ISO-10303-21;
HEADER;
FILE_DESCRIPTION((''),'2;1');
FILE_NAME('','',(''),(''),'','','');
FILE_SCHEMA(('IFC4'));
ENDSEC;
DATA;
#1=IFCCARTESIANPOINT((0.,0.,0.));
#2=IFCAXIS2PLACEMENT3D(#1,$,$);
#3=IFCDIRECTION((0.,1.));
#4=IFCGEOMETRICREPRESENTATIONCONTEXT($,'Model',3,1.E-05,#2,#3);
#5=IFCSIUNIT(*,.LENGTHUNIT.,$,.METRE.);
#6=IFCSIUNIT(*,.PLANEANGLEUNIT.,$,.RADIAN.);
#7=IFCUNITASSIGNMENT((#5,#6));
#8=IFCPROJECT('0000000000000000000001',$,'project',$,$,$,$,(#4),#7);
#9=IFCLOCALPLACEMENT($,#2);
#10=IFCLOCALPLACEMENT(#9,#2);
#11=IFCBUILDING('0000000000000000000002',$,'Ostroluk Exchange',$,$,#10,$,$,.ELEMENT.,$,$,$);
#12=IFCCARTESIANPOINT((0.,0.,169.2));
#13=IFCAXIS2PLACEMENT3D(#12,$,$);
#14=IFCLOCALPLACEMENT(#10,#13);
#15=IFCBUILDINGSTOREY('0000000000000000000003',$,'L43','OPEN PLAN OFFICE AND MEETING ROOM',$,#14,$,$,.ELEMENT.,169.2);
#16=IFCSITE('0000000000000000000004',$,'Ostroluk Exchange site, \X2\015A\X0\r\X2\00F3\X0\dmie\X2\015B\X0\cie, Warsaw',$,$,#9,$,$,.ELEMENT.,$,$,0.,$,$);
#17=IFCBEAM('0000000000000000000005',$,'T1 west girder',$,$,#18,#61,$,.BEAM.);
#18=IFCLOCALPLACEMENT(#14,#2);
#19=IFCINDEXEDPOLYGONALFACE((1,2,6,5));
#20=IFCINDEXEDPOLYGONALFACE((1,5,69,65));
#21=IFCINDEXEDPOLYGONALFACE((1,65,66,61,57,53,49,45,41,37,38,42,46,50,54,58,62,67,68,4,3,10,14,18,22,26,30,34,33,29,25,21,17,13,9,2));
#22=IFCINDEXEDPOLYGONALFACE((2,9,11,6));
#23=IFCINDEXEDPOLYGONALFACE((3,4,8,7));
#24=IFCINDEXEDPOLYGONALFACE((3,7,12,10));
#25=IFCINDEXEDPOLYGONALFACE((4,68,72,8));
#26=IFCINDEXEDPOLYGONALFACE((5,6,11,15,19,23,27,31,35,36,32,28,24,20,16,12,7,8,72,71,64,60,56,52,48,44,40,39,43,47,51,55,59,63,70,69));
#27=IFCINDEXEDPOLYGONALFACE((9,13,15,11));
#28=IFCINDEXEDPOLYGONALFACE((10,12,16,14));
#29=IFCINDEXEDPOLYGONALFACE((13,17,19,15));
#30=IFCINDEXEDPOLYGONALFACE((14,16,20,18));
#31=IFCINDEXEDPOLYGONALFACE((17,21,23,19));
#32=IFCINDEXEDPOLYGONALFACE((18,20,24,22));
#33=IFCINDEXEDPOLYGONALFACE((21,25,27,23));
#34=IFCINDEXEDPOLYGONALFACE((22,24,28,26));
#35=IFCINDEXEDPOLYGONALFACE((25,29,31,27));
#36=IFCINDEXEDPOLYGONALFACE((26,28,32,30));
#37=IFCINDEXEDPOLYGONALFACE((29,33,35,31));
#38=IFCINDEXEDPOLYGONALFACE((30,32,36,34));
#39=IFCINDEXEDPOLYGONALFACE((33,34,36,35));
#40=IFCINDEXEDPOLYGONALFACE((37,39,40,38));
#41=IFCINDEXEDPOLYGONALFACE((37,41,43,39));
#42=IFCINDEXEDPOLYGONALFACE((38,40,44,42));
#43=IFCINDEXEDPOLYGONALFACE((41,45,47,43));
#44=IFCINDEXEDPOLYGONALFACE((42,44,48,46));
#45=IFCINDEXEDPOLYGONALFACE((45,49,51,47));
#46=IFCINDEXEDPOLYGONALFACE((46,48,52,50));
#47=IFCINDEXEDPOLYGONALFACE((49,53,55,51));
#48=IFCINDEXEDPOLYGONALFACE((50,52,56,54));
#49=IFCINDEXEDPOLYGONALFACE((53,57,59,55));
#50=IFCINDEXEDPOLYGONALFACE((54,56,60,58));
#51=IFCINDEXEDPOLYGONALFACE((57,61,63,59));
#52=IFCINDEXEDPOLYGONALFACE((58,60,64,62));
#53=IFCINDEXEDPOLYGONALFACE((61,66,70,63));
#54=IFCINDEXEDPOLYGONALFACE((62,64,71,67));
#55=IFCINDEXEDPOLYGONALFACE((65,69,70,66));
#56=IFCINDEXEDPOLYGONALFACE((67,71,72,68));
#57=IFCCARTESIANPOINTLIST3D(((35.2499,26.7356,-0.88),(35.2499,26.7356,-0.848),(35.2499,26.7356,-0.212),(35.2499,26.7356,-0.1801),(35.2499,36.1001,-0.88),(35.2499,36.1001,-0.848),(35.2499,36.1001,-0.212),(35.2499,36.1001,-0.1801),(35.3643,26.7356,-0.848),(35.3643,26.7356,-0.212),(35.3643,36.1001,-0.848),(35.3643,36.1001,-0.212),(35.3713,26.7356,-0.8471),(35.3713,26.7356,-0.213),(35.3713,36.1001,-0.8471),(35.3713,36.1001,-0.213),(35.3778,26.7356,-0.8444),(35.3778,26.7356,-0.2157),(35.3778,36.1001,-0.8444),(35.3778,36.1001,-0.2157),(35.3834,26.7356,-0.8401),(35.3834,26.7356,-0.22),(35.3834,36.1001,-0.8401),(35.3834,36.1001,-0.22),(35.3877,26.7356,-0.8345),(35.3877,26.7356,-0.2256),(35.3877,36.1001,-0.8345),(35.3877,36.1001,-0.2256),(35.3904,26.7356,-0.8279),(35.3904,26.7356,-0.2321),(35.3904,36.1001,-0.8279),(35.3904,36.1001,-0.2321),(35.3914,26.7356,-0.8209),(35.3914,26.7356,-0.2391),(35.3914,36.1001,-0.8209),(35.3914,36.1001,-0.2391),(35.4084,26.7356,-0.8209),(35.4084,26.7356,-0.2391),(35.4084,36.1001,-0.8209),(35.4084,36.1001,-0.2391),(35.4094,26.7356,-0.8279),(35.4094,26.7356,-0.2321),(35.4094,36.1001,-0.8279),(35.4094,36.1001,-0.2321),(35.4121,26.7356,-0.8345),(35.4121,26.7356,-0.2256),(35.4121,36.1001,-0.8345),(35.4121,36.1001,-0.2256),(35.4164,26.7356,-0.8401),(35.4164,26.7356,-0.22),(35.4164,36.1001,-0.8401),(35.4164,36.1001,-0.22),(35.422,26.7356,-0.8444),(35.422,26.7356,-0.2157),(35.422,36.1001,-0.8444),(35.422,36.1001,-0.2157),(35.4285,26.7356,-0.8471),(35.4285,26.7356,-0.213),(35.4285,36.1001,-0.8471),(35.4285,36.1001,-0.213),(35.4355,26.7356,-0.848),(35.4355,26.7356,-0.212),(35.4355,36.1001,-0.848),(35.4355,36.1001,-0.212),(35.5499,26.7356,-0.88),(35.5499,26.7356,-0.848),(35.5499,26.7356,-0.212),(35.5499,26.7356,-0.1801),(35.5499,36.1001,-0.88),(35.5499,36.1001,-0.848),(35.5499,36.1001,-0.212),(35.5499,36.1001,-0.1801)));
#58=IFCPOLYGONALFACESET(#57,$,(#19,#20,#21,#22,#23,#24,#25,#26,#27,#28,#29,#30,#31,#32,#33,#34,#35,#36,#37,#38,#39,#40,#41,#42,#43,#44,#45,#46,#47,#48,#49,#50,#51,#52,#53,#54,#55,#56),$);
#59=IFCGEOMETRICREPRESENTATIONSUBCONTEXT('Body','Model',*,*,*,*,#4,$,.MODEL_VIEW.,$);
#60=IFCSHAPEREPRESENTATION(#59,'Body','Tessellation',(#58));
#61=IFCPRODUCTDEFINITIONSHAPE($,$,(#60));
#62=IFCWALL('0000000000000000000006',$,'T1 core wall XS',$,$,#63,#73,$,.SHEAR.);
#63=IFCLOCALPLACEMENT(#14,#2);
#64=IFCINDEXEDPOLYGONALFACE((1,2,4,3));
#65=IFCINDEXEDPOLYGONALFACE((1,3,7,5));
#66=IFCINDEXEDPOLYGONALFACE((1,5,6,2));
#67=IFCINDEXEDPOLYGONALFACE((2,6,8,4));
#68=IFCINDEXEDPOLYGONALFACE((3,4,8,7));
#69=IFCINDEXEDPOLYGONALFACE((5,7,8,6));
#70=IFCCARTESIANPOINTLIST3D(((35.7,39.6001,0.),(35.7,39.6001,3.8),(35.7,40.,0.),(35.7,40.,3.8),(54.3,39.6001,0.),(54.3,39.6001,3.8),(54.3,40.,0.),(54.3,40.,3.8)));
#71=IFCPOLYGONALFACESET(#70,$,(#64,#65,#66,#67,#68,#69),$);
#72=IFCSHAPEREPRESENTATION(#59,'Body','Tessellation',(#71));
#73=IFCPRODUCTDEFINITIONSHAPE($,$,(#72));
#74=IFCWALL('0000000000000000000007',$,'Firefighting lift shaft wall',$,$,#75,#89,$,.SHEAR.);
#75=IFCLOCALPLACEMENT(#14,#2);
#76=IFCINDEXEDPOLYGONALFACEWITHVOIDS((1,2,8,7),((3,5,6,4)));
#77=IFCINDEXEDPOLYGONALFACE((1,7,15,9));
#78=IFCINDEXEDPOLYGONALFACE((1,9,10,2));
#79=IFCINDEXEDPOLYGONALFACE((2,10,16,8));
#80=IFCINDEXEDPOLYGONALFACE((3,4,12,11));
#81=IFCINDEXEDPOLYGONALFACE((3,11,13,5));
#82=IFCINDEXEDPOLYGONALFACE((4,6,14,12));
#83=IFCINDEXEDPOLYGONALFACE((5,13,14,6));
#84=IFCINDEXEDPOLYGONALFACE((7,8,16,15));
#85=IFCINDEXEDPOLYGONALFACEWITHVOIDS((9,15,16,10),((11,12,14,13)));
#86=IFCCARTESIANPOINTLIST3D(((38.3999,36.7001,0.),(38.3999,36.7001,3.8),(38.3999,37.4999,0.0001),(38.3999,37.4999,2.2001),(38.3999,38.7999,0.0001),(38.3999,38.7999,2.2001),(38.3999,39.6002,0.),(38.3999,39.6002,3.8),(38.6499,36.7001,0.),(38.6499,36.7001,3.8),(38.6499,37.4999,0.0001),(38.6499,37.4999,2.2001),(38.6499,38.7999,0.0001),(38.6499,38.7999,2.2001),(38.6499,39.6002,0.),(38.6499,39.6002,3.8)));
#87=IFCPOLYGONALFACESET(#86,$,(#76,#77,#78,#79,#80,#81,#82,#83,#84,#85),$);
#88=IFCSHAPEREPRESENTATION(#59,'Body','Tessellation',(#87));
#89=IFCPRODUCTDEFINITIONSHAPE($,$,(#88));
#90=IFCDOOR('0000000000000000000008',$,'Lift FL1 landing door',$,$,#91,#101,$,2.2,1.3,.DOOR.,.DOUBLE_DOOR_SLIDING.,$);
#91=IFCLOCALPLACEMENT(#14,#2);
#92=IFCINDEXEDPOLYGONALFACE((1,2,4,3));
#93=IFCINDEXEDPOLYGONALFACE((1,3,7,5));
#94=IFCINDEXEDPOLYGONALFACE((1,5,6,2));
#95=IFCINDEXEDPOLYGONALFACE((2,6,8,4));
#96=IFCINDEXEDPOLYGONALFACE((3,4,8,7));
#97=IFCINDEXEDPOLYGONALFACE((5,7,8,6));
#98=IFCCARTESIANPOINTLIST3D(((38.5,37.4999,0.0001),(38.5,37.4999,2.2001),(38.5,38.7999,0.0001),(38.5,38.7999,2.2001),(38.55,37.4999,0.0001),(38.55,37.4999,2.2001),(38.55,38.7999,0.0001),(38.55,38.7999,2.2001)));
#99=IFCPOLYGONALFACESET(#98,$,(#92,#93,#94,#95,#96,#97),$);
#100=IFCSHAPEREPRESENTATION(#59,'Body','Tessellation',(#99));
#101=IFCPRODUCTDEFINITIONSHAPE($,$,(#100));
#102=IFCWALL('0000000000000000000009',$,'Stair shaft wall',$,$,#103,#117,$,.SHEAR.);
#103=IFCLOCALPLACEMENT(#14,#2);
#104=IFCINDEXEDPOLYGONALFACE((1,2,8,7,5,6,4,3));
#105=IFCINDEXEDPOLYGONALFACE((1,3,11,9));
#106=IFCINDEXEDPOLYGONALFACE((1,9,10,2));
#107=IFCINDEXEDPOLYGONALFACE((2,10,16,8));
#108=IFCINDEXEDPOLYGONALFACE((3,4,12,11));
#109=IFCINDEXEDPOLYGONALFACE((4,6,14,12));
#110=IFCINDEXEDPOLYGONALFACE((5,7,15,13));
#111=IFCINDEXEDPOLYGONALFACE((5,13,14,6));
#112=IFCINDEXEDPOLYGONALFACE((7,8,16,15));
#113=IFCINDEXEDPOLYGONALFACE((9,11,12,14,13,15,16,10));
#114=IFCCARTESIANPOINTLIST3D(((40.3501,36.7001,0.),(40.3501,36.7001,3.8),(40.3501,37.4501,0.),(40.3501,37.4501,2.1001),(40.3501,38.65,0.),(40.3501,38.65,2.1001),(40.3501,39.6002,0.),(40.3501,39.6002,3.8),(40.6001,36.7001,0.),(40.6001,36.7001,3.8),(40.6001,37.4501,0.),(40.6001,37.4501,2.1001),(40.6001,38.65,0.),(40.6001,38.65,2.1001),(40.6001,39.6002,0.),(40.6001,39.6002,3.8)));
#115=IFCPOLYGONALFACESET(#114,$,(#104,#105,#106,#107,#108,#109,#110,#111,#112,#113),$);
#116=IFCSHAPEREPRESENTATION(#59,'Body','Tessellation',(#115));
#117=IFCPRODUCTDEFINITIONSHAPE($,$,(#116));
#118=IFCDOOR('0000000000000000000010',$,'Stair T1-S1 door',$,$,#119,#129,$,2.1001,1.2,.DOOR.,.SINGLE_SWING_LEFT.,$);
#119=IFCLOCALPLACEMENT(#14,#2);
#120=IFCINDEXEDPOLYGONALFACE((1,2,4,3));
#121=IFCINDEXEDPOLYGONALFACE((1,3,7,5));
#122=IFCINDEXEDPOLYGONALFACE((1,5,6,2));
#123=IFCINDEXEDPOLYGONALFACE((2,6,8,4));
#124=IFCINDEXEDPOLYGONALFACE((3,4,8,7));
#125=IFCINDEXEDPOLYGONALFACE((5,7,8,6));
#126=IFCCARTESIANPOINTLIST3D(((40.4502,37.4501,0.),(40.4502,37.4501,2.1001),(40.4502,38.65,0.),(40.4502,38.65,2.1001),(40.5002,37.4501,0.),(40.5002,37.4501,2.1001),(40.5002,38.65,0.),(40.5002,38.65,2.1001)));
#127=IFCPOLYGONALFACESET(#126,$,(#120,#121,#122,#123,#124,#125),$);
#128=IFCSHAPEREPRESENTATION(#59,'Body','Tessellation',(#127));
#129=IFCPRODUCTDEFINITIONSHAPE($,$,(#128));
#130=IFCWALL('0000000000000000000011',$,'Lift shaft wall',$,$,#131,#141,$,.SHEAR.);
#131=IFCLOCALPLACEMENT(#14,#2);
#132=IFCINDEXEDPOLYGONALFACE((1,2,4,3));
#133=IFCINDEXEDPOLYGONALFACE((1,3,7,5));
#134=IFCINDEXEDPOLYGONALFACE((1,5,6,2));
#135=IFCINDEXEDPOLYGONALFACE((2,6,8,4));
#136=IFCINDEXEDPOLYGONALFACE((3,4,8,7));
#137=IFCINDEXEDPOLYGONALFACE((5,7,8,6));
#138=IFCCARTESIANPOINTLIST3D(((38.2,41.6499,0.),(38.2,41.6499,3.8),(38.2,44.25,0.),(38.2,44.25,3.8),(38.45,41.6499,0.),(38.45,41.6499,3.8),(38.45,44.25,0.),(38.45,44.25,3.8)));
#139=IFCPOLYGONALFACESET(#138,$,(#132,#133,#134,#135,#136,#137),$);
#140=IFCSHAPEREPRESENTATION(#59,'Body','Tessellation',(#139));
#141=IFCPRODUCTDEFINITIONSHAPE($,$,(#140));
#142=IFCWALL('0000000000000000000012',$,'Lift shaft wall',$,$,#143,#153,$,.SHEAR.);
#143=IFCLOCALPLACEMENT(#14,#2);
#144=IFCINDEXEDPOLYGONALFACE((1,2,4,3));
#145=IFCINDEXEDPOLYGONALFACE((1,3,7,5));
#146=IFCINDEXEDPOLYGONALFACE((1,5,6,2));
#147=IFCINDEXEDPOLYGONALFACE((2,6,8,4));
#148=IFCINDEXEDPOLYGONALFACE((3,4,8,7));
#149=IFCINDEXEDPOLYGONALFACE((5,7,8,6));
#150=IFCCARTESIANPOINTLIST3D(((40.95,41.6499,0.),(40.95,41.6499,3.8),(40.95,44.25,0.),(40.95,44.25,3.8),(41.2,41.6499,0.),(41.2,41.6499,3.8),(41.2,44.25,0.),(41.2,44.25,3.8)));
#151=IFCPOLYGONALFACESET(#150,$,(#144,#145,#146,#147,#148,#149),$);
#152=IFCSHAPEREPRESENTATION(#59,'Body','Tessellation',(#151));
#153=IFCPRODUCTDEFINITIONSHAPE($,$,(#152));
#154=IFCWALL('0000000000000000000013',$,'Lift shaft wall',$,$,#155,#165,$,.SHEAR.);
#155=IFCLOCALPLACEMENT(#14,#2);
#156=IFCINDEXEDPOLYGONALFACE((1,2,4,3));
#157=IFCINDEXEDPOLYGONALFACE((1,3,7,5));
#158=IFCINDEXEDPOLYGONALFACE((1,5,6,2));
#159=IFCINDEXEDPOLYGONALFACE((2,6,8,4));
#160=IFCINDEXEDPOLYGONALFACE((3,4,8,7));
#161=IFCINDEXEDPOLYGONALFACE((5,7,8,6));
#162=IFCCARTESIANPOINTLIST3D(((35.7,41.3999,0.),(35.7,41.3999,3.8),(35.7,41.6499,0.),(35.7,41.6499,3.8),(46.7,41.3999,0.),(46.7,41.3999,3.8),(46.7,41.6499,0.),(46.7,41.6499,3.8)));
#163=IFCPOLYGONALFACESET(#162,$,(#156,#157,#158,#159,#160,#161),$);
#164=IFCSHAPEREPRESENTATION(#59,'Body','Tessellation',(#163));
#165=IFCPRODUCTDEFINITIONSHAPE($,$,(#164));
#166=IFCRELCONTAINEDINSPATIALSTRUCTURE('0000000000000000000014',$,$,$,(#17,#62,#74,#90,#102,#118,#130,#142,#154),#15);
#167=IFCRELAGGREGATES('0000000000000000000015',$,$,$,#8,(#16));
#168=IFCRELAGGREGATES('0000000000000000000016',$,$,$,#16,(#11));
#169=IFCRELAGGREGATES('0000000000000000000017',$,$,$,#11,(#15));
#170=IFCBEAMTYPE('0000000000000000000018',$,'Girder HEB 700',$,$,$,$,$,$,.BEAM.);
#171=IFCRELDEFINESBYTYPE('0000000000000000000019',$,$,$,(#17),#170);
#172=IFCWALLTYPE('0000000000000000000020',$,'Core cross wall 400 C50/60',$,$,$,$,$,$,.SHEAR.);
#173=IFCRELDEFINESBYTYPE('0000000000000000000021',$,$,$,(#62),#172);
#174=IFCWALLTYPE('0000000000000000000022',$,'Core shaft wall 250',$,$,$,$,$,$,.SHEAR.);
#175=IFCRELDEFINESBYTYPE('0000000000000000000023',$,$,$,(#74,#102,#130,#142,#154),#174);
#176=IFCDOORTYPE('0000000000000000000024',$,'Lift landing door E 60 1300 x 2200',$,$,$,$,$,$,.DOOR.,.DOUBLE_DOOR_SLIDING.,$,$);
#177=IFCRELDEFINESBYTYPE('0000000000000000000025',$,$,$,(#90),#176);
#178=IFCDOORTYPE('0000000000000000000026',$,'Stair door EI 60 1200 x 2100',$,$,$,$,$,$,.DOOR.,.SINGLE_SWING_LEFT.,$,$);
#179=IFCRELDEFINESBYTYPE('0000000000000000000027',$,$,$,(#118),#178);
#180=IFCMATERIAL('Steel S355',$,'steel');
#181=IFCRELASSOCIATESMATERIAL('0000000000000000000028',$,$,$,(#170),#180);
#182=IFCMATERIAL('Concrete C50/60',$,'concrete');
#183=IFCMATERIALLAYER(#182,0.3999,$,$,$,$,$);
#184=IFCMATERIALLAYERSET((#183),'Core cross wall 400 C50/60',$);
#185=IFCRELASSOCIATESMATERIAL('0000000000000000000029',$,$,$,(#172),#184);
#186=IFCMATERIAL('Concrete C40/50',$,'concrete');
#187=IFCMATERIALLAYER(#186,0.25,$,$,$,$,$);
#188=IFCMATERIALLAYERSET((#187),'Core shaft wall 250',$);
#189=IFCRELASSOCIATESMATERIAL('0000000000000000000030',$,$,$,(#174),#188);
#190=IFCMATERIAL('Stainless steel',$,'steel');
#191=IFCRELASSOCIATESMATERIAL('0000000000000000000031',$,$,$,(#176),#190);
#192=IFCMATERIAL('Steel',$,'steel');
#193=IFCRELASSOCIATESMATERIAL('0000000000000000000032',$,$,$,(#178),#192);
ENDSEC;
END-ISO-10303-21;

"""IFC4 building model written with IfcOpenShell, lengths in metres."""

from ifc_helpers import new_model, si_unit, direction, frame, frame_2d, origin, origin_2d, place, context, subcontext, project, spatial, rectangle, i_section, extrude, material, layer, layer_set, material_profile, profile_set, type_object, element, fill, save


model = new_model("IFC4")

# Units and contexts
model_context = context("Model", 3, precision=1e-05, world=origin(), true_north=direction((0.0, 1.0)))
body_context = subcontext(model_context, "Body", "Model", "MODEL_VIEW")
ifc_project = project(units=[si_unit("LENGTHUNIT", "METRE"), si_unit("PLANEANGLEUNIT", "RADIAN")], contexts=[model_context])

# Site, building, storey
site_placement = place(None, origin())
site = spatial("IfcSite", under=ifc_project, at=site_placement, Name="Ostroluk Exchange site, Śródmieście, Warsaw", CompositionType="ELEMENT", RefElevation=0.0)
building_placement = place(site_placement, origin())
building = spatial("IfcBuilding", under=site, at=building_placement, Name="Ostroluk Exchange", CompositionType="ELEMENT")
storey_placement = place(building_placement, frame((0.0, 0.0, 169.2)))
storey = spatial("IfcBuildingStorey", under=building, at=storey_placement, Name="L43", Description="OPEN PLAN OFFICE AND MEETING ROOM", CompositionType="ELEMENT", Elevation=169.2)

# Beam
ifc_material_1 = material(Name="Steel S355", Category="steel")
ifc_material_profile_1 = material_profile(ifc_material_1, i_section(OverallWidth=0.3, OverallDepth=0.7, WebThickness=0.0171, FlangeThickness=0.032, FilletRadius=0.0271, at=origin_2d()), Name="HEB 700")
ifc_profile_set_1 = profile_set([ifc_material_profile_1], Name="Steel S355")
beam_type_1 = type_object("IfcBeamType", Name="Girder HEB 700", PredefinedType="BEAM", material=ifc_profile_set_1)
beam_1_placement = place(storey_placement, frame((35.3999, 36.1001, -0.53), z_axis=(0.0, -1.0, 0.0), x_axis=(1.0, 0.0, 0.0)))
element("IfcBeam", 1, at=beam_1_placement, inside=storey, type_object=beam_type_1, Name="T1 west girder", PredefinedType="BEAM", context=body_context, shape_type="SweptSolid", body=[
    extrude(i_section(OverallWidth=0.3, OverallDepth=0.7, WebThickness=0.0171, FlangeThickness=0.032, FilletRadius=0.0271, at=origin_2d()), origin(), (0.0, 0.0, 1.0), 9.3645),
])

# Wall
ifc_material_2 = material(Name="Concrete C50/60", Category="concrete")
ifc_layer_1 = layer(ifc_material_2, 0.3999)
ifc_layer_set_1 = layer_set([ifc_layer_1], Name="Core cross wall 400 C50/60")
wall_type_1 = type_object("IfcWallType", Name="Core cross wall 400 C50/60", PredefinedType="SHEAR", material=ifc_layer_set_1)
wall_1_placement = place(storey_placement, frame((35.7, 39.8, 0.0), z_axis=(0.0, 0.0, 1.0), x_axis=(1.0, 0.0, 0.0)))
element("IfcWall", 2, at=wall_1_placement, inside=storey, type_object=wall_type_1, Name="T1 core wall XS", PredefinedType="SHEAR", context=body_context, shape_type="SweptSolid", body=[
    extrude(rectangle(XDim=18.6001, YDim=0.3999, at=frame_2d((9.3, 0.0))), origin(), (0.0, 0.0, 1.0), 3.8),
])

# Walls, openings, doors
ifc_material_3 = material(Name="Concrete C40/50", Category="concrete")
ifc_layer_2 = layer(ifc_material_3, 0.25)
ifc_layer_set_2 = layer_set([ifc_layer_2], Name="Core shaft wall 250")
wall_type_2 = type_object("IfcWallType", Name="Core shaft wall 250", PredefinedType="SHEAR", material=ifc_layer_set_2)
wall_2_placement = place(storey_placement, frame((38.5249, 36.7, 0.0), z_axis=(0.0, 0.0, 1.0), x_axis=(0.0, 1.0, 0.0)))
wall_2 = element("IfcWall", 3, at=wall_2_placement, inside=storey, type_object=wall_type_2, Name="Firefighting lift shaft wall", PredefinedType="SHEAR", context=body_context, shape_type="SweptSolid", body=[
    extrude(rectangle(XDim=2.9001, YDim=0.25, at=frame_2d((1.4502, 0.0))), origin(), (0.0, 0.0, 1.0), 3.8),
])
opening_1_placement = place(wall_2_placement, frame((0.8, 0.0, 0.0)))
opening_1 = element("IfcOpeningElement", 4, at=opening_1_placement, cuts=wall_2, PredefinedType="OPENING", context=body_context, shape_type="SweptSolid", body=[
    extrude(rectangle(XDim=1.3, YDim=2.2, at=frame_2d((0.6499, 1.1001))), frame((0.0, 0.135, 0.0), z_axis=(0.0, -1.0, 0.0), x_axis=(1.0, 0.0, 0.0)), (0.0, 0.0, 1.0), 0.27),
])
ifc_material_4 = material(Name="Stainless steel", Category="steel")
door_type_1 = type_object("IfcDoorType", Name="Lift landing door E 60 1300 x 2200", OperationType="DOUBLE_DOOR_SLIDING", PredefinedType="DOOR", material=ifc_material_4)
door_1_placement = place(opening_1_placement, origin())
door_1 = element("IfcDoor", 5, at=door_1_placement, inside=storey, type_object=door_type_1, Name="Lift FL1 landing door", OperationType="DOUBLE_DOOR_SLIDING", OverallHeight=2.2, OverallWidth=1.3, PredefinedType="DOOR", context=body_context, shape_type="SweptSolid", body=[
    extrude(rectangle(XDim=1.3, YDim=2.2, at=frame_2d((0.6499, 1.1001))), frame((0.0, 0.0249, 0.0), z_axis=(0.0, -1.0, 0.0), x_axis=(1.0, 0.0, 0.0)), (0.0, 0.0, 1.0), 0.05),
])
fill(opening_1, door_1)
wall_3_placement = place(storey_placement, frame((40.4751, 36.7, 0.0), z_axis=(0.0, 0.0, 1.0), x_axis=(0.0, 1.0, 0.0)))
wall_3 = element("IfcWall", 6, at=wall_3_placement, inside=storey, type_object=wall_type_2, Name="Stair shaft wall", PredefinedType="SHEAR", context=body_context, shape_type="SweptSolid", body=[
    extrude(rectangle(XDim=2.9001, YDim=0.25, at=frame_2d((1.4502, 0.0))), origin(), (0.0, 0.0, 1.0), 3.8),
])
opening_2_placement = place(wall_3_placement, frame((0.75, 0.0, 0.0)))
opening_2 = element("IfcOpeningElement", 7, at=opening_2_placement, cuts=wall_3, PredefinedType="OPENING", context=body_context, shape_type="SweptSolid", body=[
    extrude(rectangle(XDim=1.2, YDim=2.1001, at=frame_2d((0.6001, 1.05))), frame((0.0, 0.135, 0.0), z_axis=(0.0, -1.0, 0.0), x_axis=(1.0, 0.0, 0.0)), (0.0, 0.0, 1.0), 0.27),
])
ifc_material_5 = material(Name="Steel", Category="steel")
door_type_2 = type_object("IfcDoorType", Name="Stair door EI 60 1200 x 2100", OperationType="SINGLE_SWING_LEFT", PredefinedType="DOOR", material=ifc_material_5)
door_2_placement = place(opening_2_placement, origin())
door_2 = element("IfcDoor", 8, at=door_2_placement, inside=storey, type_object=door_type_2, Name="Stair T1-S1 door", OperationType="SINGLE_SWING_LEFT", OverallHeight=2.1001, OverallWidth=1.2, PredefinedType="DOOR", context=body_context, shape_type="SweptSolid", body=[
    extrude(rectangle(XDim=1.2, YDim=2.1001, at=frame_2d((0.6001, 1.05))), frame((0.0, 0.0249, 0.0), z_axis=(0.0, -1.0, 0.0), x_axis=(1.0, 0.0, 0.0)), (0.0, 0.0, 1.0), 0.05),
])
fill(opening_2, door_2)

# Walls
for number, where, z_axis, x_axis, name in (
    (9, (38.325, 44.25, 0.0), (0.0, 0.0, 1.0), (0.0, -1.0, 0.0), "Lift shaft wall"),
    (10, (41.075, 44.25, 0.0), (0.0, 0.0, 1.0), (0.0, -1.0, 0.0), "Lift shaft wall"),
):
    element("IfcWall", number, at=place(storey_placement, frame(where, z_axis=z_axis, x_axis=x_axis)), inside=storey, type_object=wall_type_2, Name=name, PredefinedType="SHEAR", context=body_context, shape_type="SweptSolid", body=[
        extrude(rectangle(XDim=2.6001, YDim=0.25, at=frame_2d((1.3, 0.0))), origin(), (0.0, 0.0, 1.0), 3.8),
    ])
wall_4_placement = place(storey_placement, frame((35.7, 41.5249, 0.0), z_axis=(0.0, 0.0, 1.0), x_axis=(1.0, 0.0, 0.0)))
element("IfcWall", 11, at=wall_4_placement, inside=storey, type_object=wall_type_2, Name="Lift shaft wall", PredefinedType="SHEAR", context=body_context, shape_type="SweptSolid", body=[
    extrude(rectangle(XDim=11.0, YDim=0.25, at=frame_2d((5.5, 0.0))), origin(), (0.0, 0.0, 1.0), 3.8),
])

save(model, "model.ifc")
